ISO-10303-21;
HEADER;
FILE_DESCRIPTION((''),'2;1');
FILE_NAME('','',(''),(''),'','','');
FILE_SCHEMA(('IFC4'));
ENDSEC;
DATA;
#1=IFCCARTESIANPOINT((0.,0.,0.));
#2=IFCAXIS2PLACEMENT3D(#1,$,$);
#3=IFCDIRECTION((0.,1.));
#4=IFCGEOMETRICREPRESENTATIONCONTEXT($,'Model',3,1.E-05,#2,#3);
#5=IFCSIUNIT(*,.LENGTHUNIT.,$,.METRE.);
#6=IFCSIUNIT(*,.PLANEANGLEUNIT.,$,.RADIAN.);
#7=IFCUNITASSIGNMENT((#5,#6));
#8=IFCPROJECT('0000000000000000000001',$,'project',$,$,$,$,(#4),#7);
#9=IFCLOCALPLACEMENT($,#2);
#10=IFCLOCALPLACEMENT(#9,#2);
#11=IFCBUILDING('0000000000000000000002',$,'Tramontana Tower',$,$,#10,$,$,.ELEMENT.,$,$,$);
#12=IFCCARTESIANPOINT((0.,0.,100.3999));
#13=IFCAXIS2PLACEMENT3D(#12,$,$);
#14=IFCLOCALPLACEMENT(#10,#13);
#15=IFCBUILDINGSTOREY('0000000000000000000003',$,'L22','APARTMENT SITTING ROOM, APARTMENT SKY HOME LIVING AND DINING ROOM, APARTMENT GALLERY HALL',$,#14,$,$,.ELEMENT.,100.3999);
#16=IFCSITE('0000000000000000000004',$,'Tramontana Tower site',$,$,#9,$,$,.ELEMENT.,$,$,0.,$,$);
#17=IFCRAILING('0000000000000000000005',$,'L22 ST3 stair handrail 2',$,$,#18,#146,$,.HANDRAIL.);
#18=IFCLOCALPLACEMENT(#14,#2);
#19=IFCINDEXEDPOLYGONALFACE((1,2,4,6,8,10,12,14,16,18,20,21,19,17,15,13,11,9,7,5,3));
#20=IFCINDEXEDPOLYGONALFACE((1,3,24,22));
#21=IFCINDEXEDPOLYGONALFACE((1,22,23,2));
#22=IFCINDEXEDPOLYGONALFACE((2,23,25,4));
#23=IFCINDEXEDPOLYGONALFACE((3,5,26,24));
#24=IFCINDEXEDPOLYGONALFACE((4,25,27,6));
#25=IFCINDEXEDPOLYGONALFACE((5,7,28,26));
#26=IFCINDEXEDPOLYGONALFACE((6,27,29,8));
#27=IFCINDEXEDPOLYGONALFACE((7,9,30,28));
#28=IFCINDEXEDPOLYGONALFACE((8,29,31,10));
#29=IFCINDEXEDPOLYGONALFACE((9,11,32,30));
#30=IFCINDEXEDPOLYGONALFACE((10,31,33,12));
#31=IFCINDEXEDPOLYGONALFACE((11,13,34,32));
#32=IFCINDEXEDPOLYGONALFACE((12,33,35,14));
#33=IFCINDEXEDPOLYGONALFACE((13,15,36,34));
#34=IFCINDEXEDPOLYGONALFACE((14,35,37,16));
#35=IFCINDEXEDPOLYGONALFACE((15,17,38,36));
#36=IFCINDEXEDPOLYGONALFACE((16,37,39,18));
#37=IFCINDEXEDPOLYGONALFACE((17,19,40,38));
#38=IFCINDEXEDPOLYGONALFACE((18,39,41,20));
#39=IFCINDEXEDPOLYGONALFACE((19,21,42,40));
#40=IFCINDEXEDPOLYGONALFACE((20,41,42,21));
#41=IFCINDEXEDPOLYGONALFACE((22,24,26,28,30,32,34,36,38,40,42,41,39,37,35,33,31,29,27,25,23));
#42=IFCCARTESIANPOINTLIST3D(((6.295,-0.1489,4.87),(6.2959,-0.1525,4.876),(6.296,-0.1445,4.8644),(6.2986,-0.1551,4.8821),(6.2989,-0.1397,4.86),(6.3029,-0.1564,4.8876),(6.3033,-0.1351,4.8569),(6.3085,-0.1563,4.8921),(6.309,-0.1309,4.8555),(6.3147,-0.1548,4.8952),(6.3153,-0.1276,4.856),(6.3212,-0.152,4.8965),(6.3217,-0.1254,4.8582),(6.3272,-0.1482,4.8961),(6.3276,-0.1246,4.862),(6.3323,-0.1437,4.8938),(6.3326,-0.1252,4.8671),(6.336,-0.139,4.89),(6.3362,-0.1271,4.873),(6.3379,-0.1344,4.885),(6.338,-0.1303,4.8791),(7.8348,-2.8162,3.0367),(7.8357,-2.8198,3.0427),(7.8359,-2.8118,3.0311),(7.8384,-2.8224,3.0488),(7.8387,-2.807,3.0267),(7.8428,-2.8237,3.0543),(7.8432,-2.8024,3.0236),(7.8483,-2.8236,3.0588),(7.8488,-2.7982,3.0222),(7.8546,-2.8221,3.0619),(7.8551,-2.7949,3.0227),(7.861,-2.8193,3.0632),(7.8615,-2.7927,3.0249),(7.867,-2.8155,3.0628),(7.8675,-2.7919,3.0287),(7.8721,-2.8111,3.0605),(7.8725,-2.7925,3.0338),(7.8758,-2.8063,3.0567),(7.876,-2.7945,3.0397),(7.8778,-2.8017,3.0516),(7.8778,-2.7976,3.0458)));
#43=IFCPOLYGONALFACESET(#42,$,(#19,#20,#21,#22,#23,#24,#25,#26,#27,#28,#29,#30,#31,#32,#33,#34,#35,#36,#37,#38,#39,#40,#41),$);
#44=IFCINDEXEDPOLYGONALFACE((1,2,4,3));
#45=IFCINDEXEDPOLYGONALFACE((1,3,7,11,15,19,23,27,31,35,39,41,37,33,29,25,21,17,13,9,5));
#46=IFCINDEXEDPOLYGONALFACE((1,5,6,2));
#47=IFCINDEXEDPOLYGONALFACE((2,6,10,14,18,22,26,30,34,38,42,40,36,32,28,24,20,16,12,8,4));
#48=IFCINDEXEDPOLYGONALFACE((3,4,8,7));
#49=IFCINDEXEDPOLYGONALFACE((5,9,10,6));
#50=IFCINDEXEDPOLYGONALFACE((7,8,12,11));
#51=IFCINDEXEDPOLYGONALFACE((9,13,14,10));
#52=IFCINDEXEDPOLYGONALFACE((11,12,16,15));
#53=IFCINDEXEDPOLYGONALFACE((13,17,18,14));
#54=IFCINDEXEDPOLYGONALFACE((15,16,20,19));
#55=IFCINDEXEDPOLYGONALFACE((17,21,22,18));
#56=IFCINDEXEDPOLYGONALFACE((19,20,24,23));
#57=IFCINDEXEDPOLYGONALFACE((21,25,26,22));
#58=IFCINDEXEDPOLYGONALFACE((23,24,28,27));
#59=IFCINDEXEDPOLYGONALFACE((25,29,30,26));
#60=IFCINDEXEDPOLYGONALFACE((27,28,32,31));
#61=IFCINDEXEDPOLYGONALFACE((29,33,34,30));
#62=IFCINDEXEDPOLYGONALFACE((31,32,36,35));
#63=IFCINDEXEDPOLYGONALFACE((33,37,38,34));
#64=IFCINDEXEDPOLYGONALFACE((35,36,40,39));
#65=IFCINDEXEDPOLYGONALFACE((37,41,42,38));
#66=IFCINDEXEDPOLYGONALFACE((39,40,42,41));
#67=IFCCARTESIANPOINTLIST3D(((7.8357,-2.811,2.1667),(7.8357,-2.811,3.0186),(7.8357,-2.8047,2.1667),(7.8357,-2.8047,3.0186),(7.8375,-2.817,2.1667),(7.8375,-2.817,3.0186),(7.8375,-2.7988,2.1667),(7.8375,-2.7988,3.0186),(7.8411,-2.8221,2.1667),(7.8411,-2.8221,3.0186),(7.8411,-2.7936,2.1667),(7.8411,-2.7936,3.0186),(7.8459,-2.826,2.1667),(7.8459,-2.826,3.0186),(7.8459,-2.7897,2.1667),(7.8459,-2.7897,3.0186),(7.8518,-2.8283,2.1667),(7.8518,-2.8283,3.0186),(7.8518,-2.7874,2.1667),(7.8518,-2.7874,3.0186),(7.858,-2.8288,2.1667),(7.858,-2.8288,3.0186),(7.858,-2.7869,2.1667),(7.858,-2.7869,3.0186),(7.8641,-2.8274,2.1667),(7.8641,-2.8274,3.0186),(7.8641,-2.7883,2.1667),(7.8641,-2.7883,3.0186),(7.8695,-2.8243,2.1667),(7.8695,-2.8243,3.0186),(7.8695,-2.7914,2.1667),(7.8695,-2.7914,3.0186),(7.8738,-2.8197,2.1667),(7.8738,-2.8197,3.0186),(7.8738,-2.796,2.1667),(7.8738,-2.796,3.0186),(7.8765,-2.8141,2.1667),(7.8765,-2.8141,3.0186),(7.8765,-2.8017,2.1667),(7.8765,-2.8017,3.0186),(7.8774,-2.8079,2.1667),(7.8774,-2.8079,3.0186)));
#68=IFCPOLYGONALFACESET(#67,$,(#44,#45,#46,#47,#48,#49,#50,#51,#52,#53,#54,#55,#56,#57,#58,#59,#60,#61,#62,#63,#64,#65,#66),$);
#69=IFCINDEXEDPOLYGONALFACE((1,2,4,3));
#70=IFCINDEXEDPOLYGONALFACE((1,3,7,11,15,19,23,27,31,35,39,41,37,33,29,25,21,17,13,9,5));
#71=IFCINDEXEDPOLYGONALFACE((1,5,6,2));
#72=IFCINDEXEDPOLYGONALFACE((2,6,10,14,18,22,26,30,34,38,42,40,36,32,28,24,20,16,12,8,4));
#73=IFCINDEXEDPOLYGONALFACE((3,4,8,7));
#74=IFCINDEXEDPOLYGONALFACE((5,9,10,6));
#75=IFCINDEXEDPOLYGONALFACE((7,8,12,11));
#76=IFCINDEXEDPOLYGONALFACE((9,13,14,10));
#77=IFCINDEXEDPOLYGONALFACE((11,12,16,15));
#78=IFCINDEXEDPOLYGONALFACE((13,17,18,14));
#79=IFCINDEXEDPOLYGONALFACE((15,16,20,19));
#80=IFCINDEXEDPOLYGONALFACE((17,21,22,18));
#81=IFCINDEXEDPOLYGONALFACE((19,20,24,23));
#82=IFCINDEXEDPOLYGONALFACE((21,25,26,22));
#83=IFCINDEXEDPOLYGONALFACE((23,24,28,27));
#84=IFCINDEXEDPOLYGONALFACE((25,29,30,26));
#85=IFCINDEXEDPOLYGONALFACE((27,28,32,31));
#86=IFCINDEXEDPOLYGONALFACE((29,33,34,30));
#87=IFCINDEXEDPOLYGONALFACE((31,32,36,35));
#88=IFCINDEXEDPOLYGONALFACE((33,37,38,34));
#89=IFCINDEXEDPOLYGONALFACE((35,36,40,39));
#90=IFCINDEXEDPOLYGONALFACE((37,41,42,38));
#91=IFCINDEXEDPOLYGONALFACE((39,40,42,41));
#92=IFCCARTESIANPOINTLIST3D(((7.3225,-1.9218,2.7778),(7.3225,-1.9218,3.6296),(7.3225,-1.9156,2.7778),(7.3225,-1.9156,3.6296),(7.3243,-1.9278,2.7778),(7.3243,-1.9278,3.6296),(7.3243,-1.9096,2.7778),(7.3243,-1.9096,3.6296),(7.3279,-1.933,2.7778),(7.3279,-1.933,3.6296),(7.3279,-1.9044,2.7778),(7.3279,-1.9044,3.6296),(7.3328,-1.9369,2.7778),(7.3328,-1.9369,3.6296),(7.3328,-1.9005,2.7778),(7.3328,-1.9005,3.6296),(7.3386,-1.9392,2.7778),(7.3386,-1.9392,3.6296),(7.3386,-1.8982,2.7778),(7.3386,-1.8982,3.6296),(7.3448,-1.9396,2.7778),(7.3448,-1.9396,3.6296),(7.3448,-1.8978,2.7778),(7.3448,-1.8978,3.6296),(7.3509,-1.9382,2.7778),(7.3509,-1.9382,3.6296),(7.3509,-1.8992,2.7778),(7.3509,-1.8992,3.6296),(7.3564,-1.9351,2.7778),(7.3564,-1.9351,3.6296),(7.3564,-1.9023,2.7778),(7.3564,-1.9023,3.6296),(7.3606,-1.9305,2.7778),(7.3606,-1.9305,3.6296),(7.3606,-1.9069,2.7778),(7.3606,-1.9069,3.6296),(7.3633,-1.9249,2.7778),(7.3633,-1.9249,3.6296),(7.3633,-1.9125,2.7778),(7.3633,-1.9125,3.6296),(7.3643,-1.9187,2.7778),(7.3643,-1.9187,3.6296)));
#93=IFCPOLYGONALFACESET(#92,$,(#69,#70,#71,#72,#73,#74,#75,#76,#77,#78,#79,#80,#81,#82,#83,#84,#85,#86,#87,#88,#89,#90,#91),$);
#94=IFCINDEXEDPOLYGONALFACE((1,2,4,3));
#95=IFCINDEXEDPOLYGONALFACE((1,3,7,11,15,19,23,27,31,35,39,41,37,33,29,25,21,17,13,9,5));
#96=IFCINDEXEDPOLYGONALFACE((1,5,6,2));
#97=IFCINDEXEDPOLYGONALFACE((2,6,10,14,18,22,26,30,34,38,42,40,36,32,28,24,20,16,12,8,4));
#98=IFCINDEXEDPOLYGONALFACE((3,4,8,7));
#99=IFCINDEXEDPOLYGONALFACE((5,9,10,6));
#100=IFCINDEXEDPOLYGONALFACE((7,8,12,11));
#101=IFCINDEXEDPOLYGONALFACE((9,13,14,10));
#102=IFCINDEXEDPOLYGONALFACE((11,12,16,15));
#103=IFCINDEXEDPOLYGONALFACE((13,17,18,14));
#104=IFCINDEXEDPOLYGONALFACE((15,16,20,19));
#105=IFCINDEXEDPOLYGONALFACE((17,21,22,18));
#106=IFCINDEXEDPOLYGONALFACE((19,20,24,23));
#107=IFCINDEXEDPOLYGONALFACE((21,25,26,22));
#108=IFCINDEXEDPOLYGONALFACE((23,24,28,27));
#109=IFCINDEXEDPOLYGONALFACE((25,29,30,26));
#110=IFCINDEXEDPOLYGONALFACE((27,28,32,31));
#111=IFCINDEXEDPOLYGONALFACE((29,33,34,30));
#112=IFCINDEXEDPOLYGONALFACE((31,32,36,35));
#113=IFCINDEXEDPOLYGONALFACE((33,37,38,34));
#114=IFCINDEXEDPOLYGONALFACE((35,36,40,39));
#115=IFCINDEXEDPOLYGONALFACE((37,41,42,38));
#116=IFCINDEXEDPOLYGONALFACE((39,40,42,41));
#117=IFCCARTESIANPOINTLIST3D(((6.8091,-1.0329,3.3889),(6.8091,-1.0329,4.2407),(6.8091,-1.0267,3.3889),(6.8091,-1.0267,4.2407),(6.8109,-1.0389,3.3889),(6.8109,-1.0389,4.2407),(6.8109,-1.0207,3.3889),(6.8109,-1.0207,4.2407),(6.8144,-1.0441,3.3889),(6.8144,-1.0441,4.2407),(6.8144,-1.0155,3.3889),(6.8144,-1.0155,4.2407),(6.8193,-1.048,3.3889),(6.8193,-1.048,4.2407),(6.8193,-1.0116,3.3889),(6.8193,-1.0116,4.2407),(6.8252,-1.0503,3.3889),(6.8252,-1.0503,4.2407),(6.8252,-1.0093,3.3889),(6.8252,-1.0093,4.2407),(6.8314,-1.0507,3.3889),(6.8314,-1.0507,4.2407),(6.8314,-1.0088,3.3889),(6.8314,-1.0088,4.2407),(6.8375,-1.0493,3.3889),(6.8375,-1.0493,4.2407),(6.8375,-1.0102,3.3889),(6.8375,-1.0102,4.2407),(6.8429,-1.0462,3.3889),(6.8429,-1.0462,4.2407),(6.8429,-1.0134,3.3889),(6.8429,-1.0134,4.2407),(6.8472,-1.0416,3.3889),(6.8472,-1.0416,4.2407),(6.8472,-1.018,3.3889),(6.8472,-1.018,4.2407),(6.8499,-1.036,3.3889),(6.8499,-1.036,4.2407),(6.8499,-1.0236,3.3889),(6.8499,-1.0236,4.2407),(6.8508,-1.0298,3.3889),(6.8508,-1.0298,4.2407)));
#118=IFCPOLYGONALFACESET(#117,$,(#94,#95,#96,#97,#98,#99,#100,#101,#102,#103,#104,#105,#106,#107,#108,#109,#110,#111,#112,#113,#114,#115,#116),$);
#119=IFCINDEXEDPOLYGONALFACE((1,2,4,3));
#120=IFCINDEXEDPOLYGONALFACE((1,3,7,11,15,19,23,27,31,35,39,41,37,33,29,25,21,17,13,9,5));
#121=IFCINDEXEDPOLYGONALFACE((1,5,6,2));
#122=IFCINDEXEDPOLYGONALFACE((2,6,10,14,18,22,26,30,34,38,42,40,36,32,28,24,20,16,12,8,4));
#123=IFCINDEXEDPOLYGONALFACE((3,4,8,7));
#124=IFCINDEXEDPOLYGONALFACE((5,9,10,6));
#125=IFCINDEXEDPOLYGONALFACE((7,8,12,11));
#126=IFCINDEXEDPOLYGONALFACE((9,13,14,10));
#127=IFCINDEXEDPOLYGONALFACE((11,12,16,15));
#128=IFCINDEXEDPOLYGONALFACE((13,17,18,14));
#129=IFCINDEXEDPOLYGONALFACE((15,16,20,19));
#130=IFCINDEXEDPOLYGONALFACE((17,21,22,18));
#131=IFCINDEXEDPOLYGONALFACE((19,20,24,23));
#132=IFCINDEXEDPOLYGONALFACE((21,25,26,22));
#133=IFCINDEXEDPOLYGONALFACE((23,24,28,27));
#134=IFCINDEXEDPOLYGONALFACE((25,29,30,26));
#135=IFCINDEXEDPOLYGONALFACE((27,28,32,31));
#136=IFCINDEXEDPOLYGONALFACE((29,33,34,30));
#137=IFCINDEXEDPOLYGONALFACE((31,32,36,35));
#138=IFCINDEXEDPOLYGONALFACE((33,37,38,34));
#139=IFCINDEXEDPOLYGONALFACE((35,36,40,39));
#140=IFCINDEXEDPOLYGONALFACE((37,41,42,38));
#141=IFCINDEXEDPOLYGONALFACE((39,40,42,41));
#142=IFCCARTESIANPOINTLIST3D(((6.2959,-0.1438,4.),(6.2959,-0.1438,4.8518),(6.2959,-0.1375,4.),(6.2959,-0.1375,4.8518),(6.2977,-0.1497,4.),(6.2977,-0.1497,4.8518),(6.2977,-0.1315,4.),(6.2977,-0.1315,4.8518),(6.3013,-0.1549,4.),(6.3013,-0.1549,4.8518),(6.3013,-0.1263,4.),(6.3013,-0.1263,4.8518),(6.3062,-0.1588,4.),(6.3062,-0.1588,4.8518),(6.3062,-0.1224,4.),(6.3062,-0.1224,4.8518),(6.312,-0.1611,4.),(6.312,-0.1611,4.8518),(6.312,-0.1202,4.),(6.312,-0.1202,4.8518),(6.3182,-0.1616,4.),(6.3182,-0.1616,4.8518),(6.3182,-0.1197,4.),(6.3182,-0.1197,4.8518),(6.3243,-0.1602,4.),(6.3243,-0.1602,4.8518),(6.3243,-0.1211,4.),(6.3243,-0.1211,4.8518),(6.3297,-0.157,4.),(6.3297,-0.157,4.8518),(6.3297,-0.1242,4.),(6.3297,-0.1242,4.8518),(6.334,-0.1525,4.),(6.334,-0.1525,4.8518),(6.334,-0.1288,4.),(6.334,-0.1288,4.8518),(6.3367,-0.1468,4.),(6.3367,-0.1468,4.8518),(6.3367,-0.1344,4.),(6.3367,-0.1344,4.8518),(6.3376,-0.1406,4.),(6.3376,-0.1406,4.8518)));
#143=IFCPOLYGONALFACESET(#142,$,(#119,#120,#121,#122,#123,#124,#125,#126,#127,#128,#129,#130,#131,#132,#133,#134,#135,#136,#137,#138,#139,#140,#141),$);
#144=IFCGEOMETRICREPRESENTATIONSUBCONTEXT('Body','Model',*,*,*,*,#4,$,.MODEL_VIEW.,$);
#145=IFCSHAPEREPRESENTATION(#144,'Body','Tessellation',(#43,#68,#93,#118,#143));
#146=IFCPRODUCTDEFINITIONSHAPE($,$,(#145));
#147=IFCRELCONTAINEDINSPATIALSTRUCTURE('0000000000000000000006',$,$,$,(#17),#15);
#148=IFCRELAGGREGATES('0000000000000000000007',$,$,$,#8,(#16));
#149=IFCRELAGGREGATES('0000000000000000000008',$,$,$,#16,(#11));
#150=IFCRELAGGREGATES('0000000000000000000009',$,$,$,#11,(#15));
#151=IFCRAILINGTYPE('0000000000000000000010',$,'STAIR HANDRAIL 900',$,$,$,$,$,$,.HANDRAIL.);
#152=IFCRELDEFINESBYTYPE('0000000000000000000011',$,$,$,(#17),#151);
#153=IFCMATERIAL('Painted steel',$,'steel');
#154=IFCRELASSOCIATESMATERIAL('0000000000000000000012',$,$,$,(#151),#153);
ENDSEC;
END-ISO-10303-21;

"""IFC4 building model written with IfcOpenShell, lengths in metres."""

from ifc_helpers import new_model, si_unit, direction, frame, origin, origin_2d, place, context, subcontext, project, spatial, circle, extrude, material, type_object, element, save


model = new_model("IFC4")

# Units and contexts
model_context = context("Model", 3, precision=1e-05, world=origin(), true_north=direction((0.0, 1.0)))
body_context = subcontext(model_context, "Body", "Model", "MODEL_VIEW")
ifc_project = project(units=[si_unit("LENGTHUNIT", "METRE"), si_unit("PLANEANGLEUNIT", "RADIAN")], contexts=[model_context])

# Site, building, storey
site_placement = place(None, origin())
site = spatial("IfcSite", under=ifc_project, at=site_placement, Name="Tramontana Tower site", CompositionType="ELEMENT", RefElevation=0.0)
building_placement = place(site_placement, origin())
building = spatial("IfcBuilding", under=site, at=building_placement, Name="Tramontana Tower", CompositionType="ELEMENT")
storey_placement = place(building_placement, frame((0.0, 0.0, 100.3999)))
storey = spatial("IfcBuildingStorey", under=building, at=storey_placement, Name="L22", Description="APARTMENT SITTING ROOM, APARTMENT SKY HOME LIVING AND DINING ROOM, APARTMENT GALLERY HALL", CompositionType="ELEMENT", Elevation=100.3999)

# Railing
ifc_material_1 = material(Name="Painted steel", Category="steel")
railing_type_1 = type_object("IfcRailingType", Name="STAIR HANDRAIL 900", PredefinedType="HANDRAIL", material=ifc_material_1)
railing_1_placement = place(storey_placement, frame((7.8564, -2.8079, 2.1667)))
element("IfcRailing", 1, at=railing_1_placement, inside=storey, type_object=railing_type_1, Name="L22 ST3 stair handrail 2", PredefinedType="HANDRAIL", context=body_context, shape_type="SweptSolid", body=[
    extrude(circle(Radius=0.0239, at=origin_2d()), frame((0.0, 0.0, 0.876), z_axis=(-0.429616, 0.744181, 0.511493), x_axis=(-0.866044, -0.499967, 0.0)), (0.0, 0.0, 1.0), 3.5842),
    extrude(circle(Radius=0.021, at=origin_2d()), origin(), (0.0, 0.0, 1.0), 0.8518),
    extrude(circle(Radius=0.021, at=origin_2d()), frame((-0.5132, 0.8892, 0.6111)), (0.0, 0.0, 1.0), 0.8518),
    extrude(circle(Radius=0.021, at=origin_2d()), frame((-1.0266, 1.7781, 1.2222)), (0.0, 0.0, 1.0), 0.8518),
    extrude(circle(Radius=0.021, at=origin_2d()), frame((-1.5398, 2.6672, 1.8333)), (0.0, 0.0, 1.0), 0.8518),
])

save(model, "model.ifc")
